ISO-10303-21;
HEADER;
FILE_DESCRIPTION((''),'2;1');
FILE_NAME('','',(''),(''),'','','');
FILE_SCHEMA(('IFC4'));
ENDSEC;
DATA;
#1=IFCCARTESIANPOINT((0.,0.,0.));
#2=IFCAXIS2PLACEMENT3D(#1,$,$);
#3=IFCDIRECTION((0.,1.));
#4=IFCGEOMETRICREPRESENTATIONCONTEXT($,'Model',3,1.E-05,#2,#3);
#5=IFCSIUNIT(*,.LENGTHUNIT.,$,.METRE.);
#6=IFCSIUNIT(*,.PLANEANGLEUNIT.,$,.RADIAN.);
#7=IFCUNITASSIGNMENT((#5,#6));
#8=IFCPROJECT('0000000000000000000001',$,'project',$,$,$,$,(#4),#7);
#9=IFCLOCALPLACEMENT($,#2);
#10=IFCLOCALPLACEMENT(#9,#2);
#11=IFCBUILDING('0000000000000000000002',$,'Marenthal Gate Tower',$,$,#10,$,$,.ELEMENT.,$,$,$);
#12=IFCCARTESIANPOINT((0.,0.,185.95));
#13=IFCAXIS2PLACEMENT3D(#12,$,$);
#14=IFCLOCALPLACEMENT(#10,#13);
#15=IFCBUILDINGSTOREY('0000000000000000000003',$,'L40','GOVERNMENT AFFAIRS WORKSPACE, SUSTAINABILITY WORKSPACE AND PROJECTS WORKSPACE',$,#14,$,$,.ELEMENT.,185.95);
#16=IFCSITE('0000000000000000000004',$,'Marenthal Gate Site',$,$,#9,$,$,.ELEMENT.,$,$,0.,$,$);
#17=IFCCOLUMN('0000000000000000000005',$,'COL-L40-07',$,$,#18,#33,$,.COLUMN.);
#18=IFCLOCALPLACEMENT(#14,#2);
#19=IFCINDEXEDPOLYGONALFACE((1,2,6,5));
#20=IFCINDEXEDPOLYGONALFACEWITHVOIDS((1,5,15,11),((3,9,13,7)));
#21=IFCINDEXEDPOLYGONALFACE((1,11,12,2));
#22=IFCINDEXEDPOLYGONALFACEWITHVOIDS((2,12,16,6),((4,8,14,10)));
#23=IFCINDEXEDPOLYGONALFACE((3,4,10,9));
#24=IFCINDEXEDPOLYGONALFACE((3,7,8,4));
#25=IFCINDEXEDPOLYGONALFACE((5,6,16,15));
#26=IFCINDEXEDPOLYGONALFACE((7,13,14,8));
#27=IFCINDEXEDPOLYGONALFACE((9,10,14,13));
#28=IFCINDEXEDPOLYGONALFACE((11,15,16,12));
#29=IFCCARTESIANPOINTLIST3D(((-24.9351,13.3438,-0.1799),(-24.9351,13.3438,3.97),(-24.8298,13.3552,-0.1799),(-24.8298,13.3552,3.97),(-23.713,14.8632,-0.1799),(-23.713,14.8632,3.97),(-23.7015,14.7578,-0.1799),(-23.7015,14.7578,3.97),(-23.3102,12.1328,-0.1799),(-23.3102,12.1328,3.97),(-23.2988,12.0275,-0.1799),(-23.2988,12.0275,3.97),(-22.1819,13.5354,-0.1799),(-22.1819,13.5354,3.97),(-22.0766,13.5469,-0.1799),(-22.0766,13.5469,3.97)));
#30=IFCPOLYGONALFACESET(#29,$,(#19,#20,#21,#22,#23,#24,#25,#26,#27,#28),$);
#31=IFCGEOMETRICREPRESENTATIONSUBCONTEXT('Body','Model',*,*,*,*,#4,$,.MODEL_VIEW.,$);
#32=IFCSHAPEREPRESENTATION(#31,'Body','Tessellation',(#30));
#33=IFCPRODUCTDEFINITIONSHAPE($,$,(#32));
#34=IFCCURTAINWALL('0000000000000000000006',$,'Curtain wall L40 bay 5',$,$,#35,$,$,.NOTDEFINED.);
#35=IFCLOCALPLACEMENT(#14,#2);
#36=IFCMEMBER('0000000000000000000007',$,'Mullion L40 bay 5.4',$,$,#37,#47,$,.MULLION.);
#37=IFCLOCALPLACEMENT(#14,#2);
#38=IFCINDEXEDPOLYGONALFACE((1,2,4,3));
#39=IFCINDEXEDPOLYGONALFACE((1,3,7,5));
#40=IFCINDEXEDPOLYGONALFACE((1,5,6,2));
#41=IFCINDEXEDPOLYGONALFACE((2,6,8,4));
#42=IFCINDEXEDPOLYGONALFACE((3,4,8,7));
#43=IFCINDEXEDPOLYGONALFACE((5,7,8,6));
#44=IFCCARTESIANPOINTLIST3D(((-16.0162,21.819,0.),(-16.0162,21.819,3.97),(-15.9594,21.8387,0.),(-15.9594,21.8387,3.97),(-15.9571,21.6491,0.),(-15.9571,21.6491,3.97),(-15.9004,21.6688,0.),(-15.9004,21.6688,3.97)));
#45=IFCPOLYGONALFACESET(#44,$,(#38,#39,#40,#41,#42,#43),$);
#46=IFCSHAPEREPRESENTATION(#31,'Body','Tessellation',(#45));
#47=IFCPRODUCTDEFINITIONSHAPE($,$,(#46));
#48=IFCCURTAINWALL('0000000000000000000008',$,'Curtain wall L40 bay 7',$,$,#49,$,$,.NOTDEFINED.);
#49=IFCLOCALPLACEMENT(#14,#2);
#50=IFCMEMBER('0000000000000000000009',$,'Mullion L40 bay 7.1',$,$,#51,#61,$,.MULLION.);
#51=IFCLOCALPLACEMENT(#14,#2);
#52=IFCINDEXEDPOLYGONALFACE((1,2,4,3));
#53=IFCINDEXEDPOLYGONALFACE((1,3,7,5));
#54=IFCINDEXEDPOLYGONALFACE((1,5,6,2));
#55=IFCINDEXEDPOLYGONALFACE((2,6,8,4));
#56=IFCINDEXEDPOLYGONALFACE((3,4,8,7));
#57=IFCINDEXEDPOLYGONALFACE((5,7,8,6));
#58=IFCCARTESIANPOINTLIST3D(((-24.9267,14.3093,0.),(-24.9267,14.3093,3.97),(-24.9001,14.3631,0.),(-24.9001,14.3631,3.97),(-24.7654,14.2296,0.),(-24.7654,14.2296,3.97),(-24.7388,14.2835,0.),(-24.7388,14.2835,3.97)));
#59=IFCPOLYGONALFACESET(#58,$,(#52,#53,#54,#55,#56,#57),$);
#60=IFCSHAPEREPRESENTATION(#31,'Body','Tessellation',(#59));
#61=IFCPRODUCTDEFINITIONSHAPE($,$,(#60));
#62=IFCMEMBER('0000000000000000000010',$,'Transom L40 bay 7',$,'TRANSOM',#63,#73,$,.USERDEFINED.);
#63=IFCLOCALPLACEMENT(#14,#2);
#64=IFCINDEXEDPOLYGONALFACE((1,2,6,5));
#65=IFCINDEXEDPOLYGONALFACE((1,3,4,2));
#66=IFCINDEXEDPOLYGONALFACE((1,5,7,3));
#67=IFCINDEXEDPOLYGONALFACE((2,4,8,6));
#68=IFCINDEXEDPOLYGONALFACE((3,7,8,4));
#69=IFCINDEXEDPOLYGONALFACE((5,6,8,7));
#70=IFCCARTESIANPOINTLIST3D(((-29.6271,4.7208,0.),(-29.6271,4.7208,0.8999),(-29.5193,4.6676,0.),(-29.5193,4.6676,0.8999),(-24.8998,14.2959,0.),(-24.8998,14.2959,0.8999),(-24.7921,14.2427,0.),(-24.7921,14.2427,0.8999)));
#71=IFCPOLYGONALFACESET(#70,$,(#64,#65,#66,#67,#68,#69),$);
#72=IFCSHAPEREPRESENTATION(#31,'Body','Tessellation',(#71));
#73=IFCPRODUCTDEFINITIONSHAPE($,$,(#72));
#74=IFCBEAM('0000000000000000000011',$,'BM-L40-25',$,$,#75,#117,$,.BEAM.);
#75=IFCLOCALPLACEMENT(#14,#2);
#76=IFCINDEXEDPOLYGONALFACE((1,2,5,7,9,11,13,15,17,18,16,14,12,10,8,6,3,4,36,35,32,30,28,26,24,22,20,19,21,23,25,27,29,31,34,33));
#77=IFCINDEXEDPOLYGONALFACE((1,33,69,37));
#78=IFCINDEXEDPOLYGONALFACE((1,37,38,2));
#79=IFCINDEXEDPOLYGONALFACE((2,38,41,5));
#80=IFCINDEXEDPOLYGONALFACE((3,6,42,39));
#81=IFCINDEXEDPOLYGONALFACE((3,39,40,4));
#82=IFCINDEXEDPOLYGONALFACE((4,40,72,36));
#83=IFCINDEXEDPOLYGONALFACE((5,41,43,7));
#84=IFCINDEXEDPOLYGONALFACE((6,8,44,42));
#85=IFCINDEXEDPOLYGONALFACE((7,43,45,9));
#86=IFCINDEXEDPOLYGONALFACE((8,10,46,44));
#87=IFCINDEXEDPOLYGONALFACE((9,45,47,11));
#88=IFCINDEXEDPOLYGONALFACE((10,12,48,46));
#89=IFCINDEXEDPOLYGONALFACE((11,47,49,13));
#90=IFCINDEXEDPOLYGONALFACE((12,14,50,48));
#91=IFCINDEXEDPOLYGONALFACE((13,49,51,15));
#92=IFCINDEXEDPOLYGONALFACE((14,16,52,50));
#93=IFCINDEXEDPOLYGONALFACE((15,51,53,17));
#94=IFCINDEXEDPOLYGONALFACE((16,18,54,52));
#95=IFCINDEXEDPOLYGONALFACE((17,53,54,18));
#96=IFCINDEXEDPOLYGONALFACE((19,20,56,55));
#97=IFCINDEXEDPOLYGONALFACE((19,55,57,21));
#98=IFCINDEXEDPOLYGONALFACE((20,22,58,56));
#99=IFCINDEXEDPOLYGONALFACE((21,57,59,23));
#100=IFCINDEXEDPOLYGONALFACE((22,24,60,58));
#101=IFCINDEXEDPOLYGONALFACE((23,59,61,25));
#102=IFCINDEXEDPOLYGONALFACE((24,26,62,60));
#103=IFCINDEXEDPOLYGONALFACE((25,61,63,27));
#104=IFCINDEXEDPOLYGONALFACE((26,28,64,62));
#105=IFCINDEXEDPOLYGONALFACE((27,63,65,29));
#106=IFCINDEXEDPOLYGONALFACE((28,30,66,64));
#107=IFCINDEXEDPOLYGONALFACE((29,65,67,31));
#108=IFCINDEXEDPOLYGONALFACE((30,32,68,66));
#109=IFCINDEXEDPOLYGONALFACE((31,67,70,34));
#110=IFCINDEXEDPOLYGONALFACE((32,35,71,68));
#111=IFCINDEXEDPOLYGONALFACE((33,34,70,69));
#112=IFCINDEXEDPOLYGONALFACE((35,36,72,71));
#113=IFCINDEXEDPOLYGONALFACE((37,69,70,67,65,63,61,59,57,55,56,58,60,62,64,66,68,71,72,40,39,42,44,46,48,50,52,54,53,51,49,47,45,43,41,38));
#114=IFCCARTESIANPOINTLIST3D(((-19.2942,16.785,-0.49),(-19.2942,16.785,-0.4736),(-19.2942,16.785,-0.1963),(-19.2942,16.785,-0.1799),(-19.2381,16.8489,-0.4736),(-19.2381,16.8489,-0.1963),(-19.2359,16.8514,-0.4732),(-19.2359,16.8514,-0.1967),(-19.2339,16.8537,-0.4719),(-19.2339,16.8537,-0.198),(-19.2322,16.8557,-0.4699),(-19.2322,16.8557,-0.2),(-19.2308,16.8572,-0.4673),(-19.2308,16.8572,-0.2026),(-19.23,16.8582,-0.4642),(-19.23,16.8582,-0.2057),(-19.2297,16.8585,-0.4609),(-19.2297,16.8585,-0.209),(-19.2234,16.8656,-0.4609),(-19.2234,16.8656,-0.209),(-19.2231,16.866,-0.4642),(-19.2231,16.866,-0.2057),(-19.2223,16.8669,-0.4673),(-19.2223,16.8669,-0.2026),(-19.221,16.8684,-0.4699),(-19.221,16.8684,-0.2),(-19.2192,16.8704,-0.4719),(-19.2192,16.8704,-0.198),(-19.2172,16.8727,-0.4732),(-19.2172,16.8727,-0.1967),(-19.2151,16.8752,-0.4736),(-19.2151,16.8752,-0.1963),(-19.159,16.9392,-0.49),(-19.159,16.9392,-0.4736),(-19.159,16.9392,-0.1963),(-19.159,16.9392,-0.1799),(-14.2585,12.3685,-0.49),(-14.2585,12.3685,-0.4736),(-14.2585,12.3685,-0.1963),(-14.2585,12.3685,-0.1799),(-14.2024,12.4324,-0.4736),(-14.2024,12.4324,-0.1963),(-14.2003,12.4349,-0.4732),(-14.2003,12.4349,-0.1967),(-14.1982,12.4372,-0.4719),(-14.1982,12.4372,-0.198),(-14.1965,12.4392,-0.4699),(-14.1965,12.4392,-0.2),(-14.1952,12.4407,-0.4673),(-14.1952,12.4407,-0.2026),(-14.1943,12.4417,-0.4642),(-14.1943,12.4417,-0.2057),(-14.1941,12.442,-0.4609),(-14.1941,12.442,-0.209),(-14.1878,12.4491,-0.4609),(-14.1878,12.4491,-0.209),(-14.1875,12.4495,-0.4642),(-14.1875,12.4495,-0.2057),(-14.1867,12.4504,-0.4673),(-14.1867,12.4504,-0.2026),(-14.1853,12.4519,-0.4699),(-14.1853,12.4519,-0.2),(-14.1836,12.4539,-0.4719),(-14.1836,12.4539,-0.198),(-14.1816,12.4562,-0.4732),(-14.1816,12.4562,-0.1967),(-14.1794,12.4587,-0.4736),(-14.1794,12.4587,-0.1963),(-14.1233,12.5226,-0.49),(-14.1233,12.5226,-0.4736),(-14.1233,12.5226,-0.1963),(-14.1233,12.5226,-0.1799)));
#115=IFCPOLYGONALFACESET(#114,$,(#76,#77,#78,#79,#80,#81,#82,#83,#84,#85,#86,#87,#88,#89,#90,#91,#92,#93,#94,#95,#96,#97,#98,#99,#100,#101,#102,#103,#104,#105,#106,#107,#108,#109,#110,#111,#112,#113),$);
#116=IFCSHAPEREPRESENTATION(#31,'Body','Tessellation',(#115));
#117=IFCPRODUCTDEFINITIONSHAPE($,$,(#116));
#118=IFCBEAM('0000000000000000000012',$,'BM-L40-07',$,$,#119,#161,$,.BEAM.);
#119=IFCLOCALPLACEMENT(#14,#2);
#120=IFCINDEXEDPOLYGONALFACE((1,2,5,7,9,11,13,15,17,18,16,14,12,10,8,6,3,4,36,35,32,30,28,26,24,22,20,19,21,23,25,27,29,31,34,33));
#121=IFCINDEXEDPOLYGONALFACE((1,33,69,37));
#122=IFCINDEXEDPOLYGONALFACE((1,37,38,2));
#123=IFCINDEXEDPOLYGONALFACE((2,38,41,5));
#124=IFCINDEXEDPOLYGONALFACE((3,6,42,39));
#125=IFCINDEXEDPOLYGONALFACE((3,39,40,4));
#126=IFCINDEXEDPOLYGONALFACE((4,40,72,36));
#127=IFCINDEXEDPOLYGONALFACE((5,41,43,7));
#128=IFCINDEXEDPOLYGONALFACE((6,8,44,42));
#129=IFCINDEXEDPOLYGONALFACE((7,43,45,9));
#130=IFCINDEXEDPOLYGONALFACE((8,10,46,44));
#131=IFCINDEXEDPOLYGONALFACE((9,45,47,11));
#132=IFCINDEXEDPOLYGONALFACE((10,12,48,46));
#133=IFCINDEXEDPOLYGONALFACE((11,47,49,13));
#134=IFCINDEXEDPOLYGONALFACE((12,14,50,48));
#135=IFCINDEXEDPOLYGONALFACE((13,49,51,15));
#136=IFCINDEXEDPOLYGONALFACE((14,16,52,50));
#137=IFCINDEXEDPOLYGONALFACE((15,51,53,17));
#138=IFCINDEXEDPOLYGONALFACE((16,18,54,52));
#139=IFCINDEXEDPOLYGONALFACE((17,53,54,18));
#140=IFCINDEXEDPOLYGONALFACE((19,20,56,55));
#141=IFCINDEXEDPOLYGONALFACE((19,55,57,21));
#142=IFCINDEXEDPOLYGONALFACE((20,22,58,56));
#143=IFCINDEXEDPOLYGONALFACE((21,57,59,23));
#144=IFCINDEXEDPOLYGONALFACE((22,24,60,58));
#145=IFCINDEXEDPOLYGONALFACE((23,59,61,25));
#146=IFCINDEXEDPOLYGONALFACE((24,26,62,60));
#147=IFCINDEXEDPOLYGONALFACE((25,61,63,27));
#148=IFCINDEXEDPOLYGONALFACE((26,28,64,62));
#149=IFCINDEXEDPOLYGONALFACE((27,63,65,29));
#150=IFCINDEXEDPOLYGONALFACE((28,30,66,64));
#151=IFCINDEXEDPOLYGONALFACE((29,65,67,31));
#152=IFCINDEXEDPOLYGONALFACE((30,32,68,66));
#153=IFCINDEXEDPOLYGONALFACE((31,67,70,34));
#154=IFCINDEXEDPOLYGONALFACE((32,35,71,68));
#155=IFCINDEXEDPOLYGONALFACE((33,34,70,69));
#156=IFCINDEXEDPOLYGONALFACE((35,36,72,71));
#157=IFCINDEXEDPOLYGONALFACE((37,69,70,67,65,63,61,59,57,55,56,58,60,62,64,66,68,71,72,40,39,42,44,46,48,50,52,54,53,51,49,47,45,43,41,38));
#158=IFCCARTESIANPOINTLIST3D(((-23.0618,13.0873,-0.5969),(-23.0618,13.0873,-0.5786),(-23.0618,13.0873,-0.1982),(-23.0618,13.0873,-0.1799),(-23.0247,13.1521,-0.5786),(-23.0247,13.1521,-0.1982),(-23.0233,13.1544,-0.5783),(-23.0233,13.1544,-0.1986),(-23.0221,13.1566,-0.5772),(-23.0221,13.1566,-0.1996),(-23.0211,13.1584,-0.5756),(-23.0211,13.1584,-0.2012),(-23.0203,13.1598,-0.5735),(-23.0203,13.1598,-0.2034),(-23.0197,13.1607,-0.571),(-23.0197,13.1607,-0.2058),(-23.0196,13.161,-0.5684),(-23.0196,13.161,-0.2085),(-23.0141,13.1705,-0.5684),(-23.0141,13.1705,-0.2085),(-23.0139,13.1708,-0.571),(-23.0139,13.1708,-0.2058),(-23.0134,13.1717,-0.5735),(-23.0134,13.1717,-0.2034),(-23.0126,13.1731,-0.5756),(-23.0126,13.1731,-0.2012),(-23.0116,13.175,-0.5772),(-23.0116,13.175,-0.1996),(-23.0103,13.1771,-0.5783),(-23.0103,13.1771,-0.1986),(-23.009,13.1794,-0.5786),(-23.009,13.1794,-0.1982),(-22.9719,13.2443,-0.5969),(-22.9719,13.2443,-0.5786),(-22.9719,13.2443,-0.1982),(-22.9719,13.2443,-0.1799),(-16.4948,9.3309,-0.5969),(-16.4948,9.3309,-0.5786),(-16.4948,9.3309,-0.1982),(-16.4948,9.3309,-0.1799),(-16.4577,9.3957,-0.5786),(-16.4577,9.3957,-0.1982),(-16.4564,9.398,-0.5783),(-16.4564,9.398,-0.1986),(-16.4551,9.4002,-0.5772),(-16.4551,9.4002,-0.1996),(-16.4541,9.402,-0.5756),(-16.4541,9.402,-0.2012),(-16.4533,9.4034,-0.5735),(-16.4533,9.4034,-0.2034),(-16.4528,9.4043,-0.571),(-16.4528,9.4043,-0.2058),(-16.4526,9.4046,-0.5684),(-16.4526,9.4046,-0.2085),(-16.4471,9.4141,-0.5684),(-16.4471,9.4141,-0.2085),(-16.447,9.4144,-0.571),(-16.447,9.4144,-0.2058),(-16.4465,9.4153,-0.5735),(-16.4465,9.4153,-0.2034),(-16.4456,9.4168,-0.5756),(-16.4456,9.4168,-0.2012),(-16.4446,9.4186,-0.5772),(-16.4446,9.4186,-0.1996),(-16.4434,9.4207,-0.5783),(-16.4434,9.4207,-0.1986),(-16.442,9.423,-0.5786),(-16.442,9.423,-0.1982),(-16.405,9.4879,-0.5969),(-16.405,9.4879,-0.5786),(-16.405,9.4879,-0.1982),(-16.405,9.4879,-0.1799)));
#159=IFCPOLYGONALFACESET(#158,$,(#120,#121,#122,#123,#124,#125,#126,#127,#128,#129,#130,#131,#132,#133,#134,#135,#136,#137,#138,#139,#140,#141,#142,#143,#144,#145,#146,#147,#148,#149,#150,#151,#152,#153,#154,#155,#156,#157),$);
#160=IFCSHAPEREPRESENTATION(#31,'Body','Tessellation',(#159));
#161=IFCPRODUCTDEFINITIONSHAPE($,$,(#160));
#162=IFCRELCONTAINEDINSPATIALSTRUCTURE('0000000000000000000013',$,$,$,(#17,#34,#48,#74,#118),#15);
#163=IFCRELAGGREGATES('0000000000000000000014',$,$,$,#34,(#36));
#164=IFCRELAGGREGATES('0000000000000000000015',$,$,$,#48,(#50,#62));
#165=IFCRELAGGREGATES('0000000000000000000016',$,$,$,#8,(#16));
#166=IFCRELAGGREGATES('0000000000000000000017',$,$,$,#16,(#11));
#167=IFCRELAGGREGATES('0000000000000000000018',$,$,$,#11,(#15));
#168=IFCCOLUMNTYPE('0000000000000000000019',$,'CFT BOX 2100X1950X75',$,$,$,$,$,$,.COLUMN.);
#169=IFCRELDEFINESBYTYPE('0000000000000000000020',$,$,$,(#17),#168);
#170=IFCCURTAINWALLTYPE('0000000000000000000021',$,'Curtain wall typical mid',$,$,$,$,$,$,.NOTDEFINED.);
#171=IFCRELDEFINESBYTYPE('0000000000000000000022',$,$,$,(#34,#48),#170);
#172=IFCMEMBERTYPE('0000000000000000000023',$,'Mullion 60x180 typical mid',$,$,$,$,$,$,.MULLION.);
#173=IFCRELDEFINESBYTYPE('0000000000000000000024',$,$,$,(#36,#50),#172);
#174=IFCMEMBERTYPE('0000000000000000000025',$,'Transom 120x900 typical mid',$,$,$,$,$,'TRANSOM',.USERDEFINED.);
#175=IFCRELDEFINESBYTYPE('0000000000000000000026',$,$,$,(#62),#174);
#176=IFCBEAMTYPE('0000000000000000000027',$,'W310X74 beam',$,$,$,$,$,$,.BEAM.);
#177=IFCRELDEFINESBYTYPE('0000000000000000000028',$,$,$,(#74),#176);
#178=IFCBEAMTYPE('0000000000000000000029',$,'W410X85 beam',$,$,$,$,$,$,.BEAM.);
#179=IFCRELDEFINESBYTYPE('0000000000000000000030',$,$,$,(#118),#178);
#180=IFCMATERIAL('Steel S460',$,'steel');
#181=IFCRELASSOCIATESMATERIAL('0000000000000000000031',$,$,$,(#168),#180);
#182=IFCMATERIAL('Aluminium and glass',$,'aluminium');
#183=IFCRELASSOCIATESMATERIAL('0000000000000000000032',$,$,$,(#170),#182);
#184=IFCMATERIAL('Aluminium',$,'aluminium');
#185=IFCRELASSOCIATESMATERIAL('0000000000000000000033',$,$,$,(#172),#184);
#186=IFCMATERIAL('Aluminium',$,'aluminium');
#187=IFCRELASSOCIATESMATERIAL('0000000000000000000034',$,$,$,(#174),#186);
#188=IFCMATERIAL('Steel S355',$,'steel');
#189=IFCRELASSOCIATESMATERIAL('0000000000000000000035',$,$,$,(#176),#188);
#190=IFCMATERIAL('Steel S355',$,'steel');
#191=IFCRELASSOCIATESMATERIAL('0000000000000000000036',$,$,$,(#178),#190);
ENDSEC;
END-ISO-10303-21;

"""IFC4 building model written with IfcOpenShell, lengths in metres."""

from ifc_helpers import new_model, si_unit, direction, frame, origin, origin_2d, place, context, subcontext, project, spatial, rectangle, hollow_rectangle, i_section, extrude, material, material_profile, profile_set, type_object, element, aggregate, save


model = new_model("IFC4")

# Units and contexts
model_context = context("Model", 3, precision=1e-05, world=origin(), true_north=direction((0.0, 1.0)))
body_context = subcontext(model_context, "Body", "Model", "MODEL_VIEW")
ifc_project = project(units=[si_unit("LENGTHUNIT", "METRE"), si_unit("PLANEANGLEUNIT", "RADIAN")], contexts=[model_context])

# Site, building, storey
site_placement = place(None, origin())
site = spatial("IfcSite", under=ifc_project, at=site_placement, Name="Marenthal Gate Site", CompositionType="ELEMENT", RefElevation=0.0)
building_placement = place(site_placement, origin())
building = spatial("IfcBuilding", under=site, at=building_placement, Name="Marenthal Gate Tower", CompositionType="ELEMENT")
storey_placement = place(building_placement, frame((0.0, 0.0, 185.95)))
storey = spatial("IfcBuildingStorey", under=building, at=storey_placement, Name="L40", Description="GOVERNMENT AFFAIRS WORKSPACE, SUSTAINABILITY WORKSPACE AND PROJECTS WORKSPACE", CompositionType="ELEMENT", Elevation=185.95)

# Column
ifc_material_1 = material(Name="Steel S460", Category="steel")
ifc_material_profile_1 = material_profile(ifc_material_1, hollow_rectangle(XDim=1.95, YDim=2.1001, WallThickness=0.075, at=origin_2d()), Name="CFT BOX 2100X1950X75")
ifc_material_2 = material(Name="Concrete 70 MPa", Category="concrete")
ifc_material_profile_2 = material_profile(ifc_material_2, rectangle(XDim=1.8, YDim=1.95, at=origin_2d()), Name="CFT BOX 2100X1950X75 INFILL")
ifc_profile_set_1 = profile_set([ifc_material_profile_1, ifc_material_profile_2], Name="Steel S460 shell, Concrete 70 MPa infill")
column_type = type_object("IfcColumnType", Name="CFT BOX 2100X1950X75", PredefinedType="COLUMN", material=ifc_profile_set_1)
column_placement = place(storey_placement, frame((-23.5059, 13.4453, -0.1799), z_axis=(0.0, 0.0, 1.0), x_axis=(0.626783, 0.779194, 0.0)))
element("IfcColumn", 1, at=column_placement, inside=storey, type_object=column_type, Name="COL-L40-07", PredefinedType="COLUMN", context=body_context, shape_type="SweptSolid", body=[
    extrude(hollow_rectangle(XDim=1.95, YDim=2.1001, WallThickness=0.075, at=origin_2d()), origin(), (0.0, 0.0, 1.0), 4.1499),
])

# Curtain wall, member
ifc_material_3 = material(Name="Aluminium and glass", Category="aluminium")
curtain_wall_type = type_object("IfcCurtainWallType", Name="Curtain wall typical mid", PredefinedType="NOTDEFINED", material=ifc_material_3)
curtain_wall_1_placement = place(storey_placement, origin())
curtain_wall_1 = element("IfcCurtainWall", 2, at=curtain_wall_1_placement, inside=storey, type_object=curtain_wall_type, Name="Curtain wall L40 bay 5", PredefinedType="NOTDEFINED")
ifc_material_4 = material(Name="Aluminium", Category="aluminium")
ifc_material_profile_3 = material_profile(ifc_material_4, rectangle(XDim=0.1799, YDim=0.0601, at=origin_2d()), Name="60x180 aluminium mullion")
ifc_profile_set_2 = profile_set([ifc_material_profile_3], Name="Aluminium")
member_type_1 = type_object("IfcMemberType", Name="Mullion 60x180 typical mid", PredefinedType="MULLION", material=ifc_profile_set_2)
member_1_placement = place(storey_placement, frame((-15.9583, 21.7439, 0.0), z_axis=(0.0, 0.0, 1.0), x_axis=(0.328273, -0.944583, 0.0)))
member_1 = element("IfcMember", 3, at=member_1_placement, type_object=member_type_1, Name="Mullion L40 bay 5.4", PredefinedType="MULLION", context=body_context, shape_type="SweptSolid", body=[
    extrude(rectangle(XDim=0.1799, YDim=0.0601, at=origin_2d()), origin(), (0.0, 0.0, 1.0), 3.97),
])
aggregate(curtain_wall_1, [member_1])

# Curtain wall, members
curtain_wall_2_placement = place(storey_placement, origin())
curtain_wall_2 = element("IfcCurtainWall", 4, at=curtain_wall_2_placement, inside=storey, type_object=curtain_wall_type, Name="Curtain wall L40 bay 7", PredefinedType="NOTDEFINED")
member_2_placement = place(storey_placement, frame((-24.8328, 14.2964, 0.0), z_axis=(0.0, 0.0, 1.0), x_axis=(0.896681, -0.442678, 0.0)))
member_2 = element("IfcMember", 5, at=member_2_placement, type_object=member_type_1, Name="Mullion L40 bay 7.1", PredefinedType="MULLION", context=body_context, shape_type="SweptSolid", body=[
    extrude(rectangle(XDim=0.1799, YDim=0.0601, at=origin_2d()), origin(), (0.0, 0.0, 1.0), 3.97),
])
ifc_material_5 = material(Name="Aluminium", Category="aluminium")
ifc_material_profile_4 = material_profile(ifc_material_5, rectangle(XDim=0.1201, YDim=0.8999, at=origin_2d()), Name="120x900 aluminium transom")
ifc_profile_set_3 = profile_set([ifc_material_profile_4], Name="Aluminium")
member_type_2 = type_object("IfcMemberType", Name="Transom 120x900 typical mid", ElementType="TRANSOM", PredefinedType="USERDEFINED", material=ifc_profile_set_3)
member_3_placement = place(storey_placement, frame((-24.8459, 14.2693, 0.45), z_axis=(-0.44269, -0.896675, 0.0), x_axis=(0.896675, -0.44269, 0.0)))
member_3 = element("IfcMember", 6, at=member_3_placement, type_object=member_type_2, Name="Transom L40 bay 7", ObjectType="TRANSOM", PredefinedType="USERDEFINED", context=body_context, shape_type="SweptSolid", body=[
    extrude(rectangle(XDim=0.1201, YDim=0.8999, at=origin_2d()), origin(), (0.0, 0.0, 1.0), 10.6785),
])

# Beams
ifc_material_6 = material(Name="Steel S355", Category="steel")
ifc_material_profile_5 = material_profile(ifc_material_6, i_section(OverallWidth=0.2051, OverallDepth=0.3101, WebThickness=0.0095, FlangeThickness=0.0164, FilletRadius=0.0127, at=origin_2d()), Name="W310X74")
ifc_profile_set_4 = profile_set([ifc_material_profile_5], Name="Steel S355")
beam_type_1 = type_object("IfcBeamType", Name="W310X74 beam", PredefinedType="BEAM", material=ifc_profile_set_4)
beam_1_placement = place(storey_placement, frame((-19.2266, 16.8621, -0.335), z_axis=(0.751813, -0.659376, 0.0), x_axis=(0.659376, 0.751813, 0.0)))
element("IfcBeam", 7, at=beam_1_placement, inside=storey, type_object=beam_type_1, Name="BM-L40-25", PredefinedType="BEAM", context=body_context, shape_type="SweptSolid", body=[
    extrude(i_section(OverallWidth=0.2051, OverallDepth=0.3101, WebThickness=0.0095, FlangeThickness=0.0164, FilletRadius=0.0127, at=origin_2d()), origin(), (0.0, 0.0, 1.0), 6.698),
])
ifc_material_7 = material(Name="Steel S355", Category="steel")
ifc_material_profile_6 = material_profile(ifc_material_7, i_section(OverallWidth=0.1809, OverallDepth=0.417, WebThickness=0.011, FlangeThickness=0.0183, FilletRadius=0.0103, at=origin_2d()), Name="W410X85")
ifc_profile_set_5 = profile_set([ifc_material_profile_6], Name="Steel S355")
beam_type_2 = type_object("IfcBeamType", Name="W410X85 beam", PredefinedType="BEAM", material=ifc_profile_set_5)
beam_2_placement = place(storey_placement, frame((-23.0168, 13.1658, -0.3884), z_axis=(0.868025, -0.496521, 0.0), x_axis=(0.496521, 0.868025, 0.0)))
element("IfcBeam", 8, at=beam_2_placement, inside=storey, type_object=beam_type_2, Name="BM-L40-07", PredefinedType="BEAM", context=body_context, shape_type="SweptSolid", body=[
    extrude(i_section(OverallWidth=0.1809, OverallDepth=0.417, WebThickness=0.011, FlangeThickness=0.0183, FilletRadius=0.0103, at=origin_2d()), origin(), (0.0, 0.0, 1.0), 7.5654),
])

aggregate(curtain_wall_2, [member_2, member_3])

save(model, "model.ifc")
